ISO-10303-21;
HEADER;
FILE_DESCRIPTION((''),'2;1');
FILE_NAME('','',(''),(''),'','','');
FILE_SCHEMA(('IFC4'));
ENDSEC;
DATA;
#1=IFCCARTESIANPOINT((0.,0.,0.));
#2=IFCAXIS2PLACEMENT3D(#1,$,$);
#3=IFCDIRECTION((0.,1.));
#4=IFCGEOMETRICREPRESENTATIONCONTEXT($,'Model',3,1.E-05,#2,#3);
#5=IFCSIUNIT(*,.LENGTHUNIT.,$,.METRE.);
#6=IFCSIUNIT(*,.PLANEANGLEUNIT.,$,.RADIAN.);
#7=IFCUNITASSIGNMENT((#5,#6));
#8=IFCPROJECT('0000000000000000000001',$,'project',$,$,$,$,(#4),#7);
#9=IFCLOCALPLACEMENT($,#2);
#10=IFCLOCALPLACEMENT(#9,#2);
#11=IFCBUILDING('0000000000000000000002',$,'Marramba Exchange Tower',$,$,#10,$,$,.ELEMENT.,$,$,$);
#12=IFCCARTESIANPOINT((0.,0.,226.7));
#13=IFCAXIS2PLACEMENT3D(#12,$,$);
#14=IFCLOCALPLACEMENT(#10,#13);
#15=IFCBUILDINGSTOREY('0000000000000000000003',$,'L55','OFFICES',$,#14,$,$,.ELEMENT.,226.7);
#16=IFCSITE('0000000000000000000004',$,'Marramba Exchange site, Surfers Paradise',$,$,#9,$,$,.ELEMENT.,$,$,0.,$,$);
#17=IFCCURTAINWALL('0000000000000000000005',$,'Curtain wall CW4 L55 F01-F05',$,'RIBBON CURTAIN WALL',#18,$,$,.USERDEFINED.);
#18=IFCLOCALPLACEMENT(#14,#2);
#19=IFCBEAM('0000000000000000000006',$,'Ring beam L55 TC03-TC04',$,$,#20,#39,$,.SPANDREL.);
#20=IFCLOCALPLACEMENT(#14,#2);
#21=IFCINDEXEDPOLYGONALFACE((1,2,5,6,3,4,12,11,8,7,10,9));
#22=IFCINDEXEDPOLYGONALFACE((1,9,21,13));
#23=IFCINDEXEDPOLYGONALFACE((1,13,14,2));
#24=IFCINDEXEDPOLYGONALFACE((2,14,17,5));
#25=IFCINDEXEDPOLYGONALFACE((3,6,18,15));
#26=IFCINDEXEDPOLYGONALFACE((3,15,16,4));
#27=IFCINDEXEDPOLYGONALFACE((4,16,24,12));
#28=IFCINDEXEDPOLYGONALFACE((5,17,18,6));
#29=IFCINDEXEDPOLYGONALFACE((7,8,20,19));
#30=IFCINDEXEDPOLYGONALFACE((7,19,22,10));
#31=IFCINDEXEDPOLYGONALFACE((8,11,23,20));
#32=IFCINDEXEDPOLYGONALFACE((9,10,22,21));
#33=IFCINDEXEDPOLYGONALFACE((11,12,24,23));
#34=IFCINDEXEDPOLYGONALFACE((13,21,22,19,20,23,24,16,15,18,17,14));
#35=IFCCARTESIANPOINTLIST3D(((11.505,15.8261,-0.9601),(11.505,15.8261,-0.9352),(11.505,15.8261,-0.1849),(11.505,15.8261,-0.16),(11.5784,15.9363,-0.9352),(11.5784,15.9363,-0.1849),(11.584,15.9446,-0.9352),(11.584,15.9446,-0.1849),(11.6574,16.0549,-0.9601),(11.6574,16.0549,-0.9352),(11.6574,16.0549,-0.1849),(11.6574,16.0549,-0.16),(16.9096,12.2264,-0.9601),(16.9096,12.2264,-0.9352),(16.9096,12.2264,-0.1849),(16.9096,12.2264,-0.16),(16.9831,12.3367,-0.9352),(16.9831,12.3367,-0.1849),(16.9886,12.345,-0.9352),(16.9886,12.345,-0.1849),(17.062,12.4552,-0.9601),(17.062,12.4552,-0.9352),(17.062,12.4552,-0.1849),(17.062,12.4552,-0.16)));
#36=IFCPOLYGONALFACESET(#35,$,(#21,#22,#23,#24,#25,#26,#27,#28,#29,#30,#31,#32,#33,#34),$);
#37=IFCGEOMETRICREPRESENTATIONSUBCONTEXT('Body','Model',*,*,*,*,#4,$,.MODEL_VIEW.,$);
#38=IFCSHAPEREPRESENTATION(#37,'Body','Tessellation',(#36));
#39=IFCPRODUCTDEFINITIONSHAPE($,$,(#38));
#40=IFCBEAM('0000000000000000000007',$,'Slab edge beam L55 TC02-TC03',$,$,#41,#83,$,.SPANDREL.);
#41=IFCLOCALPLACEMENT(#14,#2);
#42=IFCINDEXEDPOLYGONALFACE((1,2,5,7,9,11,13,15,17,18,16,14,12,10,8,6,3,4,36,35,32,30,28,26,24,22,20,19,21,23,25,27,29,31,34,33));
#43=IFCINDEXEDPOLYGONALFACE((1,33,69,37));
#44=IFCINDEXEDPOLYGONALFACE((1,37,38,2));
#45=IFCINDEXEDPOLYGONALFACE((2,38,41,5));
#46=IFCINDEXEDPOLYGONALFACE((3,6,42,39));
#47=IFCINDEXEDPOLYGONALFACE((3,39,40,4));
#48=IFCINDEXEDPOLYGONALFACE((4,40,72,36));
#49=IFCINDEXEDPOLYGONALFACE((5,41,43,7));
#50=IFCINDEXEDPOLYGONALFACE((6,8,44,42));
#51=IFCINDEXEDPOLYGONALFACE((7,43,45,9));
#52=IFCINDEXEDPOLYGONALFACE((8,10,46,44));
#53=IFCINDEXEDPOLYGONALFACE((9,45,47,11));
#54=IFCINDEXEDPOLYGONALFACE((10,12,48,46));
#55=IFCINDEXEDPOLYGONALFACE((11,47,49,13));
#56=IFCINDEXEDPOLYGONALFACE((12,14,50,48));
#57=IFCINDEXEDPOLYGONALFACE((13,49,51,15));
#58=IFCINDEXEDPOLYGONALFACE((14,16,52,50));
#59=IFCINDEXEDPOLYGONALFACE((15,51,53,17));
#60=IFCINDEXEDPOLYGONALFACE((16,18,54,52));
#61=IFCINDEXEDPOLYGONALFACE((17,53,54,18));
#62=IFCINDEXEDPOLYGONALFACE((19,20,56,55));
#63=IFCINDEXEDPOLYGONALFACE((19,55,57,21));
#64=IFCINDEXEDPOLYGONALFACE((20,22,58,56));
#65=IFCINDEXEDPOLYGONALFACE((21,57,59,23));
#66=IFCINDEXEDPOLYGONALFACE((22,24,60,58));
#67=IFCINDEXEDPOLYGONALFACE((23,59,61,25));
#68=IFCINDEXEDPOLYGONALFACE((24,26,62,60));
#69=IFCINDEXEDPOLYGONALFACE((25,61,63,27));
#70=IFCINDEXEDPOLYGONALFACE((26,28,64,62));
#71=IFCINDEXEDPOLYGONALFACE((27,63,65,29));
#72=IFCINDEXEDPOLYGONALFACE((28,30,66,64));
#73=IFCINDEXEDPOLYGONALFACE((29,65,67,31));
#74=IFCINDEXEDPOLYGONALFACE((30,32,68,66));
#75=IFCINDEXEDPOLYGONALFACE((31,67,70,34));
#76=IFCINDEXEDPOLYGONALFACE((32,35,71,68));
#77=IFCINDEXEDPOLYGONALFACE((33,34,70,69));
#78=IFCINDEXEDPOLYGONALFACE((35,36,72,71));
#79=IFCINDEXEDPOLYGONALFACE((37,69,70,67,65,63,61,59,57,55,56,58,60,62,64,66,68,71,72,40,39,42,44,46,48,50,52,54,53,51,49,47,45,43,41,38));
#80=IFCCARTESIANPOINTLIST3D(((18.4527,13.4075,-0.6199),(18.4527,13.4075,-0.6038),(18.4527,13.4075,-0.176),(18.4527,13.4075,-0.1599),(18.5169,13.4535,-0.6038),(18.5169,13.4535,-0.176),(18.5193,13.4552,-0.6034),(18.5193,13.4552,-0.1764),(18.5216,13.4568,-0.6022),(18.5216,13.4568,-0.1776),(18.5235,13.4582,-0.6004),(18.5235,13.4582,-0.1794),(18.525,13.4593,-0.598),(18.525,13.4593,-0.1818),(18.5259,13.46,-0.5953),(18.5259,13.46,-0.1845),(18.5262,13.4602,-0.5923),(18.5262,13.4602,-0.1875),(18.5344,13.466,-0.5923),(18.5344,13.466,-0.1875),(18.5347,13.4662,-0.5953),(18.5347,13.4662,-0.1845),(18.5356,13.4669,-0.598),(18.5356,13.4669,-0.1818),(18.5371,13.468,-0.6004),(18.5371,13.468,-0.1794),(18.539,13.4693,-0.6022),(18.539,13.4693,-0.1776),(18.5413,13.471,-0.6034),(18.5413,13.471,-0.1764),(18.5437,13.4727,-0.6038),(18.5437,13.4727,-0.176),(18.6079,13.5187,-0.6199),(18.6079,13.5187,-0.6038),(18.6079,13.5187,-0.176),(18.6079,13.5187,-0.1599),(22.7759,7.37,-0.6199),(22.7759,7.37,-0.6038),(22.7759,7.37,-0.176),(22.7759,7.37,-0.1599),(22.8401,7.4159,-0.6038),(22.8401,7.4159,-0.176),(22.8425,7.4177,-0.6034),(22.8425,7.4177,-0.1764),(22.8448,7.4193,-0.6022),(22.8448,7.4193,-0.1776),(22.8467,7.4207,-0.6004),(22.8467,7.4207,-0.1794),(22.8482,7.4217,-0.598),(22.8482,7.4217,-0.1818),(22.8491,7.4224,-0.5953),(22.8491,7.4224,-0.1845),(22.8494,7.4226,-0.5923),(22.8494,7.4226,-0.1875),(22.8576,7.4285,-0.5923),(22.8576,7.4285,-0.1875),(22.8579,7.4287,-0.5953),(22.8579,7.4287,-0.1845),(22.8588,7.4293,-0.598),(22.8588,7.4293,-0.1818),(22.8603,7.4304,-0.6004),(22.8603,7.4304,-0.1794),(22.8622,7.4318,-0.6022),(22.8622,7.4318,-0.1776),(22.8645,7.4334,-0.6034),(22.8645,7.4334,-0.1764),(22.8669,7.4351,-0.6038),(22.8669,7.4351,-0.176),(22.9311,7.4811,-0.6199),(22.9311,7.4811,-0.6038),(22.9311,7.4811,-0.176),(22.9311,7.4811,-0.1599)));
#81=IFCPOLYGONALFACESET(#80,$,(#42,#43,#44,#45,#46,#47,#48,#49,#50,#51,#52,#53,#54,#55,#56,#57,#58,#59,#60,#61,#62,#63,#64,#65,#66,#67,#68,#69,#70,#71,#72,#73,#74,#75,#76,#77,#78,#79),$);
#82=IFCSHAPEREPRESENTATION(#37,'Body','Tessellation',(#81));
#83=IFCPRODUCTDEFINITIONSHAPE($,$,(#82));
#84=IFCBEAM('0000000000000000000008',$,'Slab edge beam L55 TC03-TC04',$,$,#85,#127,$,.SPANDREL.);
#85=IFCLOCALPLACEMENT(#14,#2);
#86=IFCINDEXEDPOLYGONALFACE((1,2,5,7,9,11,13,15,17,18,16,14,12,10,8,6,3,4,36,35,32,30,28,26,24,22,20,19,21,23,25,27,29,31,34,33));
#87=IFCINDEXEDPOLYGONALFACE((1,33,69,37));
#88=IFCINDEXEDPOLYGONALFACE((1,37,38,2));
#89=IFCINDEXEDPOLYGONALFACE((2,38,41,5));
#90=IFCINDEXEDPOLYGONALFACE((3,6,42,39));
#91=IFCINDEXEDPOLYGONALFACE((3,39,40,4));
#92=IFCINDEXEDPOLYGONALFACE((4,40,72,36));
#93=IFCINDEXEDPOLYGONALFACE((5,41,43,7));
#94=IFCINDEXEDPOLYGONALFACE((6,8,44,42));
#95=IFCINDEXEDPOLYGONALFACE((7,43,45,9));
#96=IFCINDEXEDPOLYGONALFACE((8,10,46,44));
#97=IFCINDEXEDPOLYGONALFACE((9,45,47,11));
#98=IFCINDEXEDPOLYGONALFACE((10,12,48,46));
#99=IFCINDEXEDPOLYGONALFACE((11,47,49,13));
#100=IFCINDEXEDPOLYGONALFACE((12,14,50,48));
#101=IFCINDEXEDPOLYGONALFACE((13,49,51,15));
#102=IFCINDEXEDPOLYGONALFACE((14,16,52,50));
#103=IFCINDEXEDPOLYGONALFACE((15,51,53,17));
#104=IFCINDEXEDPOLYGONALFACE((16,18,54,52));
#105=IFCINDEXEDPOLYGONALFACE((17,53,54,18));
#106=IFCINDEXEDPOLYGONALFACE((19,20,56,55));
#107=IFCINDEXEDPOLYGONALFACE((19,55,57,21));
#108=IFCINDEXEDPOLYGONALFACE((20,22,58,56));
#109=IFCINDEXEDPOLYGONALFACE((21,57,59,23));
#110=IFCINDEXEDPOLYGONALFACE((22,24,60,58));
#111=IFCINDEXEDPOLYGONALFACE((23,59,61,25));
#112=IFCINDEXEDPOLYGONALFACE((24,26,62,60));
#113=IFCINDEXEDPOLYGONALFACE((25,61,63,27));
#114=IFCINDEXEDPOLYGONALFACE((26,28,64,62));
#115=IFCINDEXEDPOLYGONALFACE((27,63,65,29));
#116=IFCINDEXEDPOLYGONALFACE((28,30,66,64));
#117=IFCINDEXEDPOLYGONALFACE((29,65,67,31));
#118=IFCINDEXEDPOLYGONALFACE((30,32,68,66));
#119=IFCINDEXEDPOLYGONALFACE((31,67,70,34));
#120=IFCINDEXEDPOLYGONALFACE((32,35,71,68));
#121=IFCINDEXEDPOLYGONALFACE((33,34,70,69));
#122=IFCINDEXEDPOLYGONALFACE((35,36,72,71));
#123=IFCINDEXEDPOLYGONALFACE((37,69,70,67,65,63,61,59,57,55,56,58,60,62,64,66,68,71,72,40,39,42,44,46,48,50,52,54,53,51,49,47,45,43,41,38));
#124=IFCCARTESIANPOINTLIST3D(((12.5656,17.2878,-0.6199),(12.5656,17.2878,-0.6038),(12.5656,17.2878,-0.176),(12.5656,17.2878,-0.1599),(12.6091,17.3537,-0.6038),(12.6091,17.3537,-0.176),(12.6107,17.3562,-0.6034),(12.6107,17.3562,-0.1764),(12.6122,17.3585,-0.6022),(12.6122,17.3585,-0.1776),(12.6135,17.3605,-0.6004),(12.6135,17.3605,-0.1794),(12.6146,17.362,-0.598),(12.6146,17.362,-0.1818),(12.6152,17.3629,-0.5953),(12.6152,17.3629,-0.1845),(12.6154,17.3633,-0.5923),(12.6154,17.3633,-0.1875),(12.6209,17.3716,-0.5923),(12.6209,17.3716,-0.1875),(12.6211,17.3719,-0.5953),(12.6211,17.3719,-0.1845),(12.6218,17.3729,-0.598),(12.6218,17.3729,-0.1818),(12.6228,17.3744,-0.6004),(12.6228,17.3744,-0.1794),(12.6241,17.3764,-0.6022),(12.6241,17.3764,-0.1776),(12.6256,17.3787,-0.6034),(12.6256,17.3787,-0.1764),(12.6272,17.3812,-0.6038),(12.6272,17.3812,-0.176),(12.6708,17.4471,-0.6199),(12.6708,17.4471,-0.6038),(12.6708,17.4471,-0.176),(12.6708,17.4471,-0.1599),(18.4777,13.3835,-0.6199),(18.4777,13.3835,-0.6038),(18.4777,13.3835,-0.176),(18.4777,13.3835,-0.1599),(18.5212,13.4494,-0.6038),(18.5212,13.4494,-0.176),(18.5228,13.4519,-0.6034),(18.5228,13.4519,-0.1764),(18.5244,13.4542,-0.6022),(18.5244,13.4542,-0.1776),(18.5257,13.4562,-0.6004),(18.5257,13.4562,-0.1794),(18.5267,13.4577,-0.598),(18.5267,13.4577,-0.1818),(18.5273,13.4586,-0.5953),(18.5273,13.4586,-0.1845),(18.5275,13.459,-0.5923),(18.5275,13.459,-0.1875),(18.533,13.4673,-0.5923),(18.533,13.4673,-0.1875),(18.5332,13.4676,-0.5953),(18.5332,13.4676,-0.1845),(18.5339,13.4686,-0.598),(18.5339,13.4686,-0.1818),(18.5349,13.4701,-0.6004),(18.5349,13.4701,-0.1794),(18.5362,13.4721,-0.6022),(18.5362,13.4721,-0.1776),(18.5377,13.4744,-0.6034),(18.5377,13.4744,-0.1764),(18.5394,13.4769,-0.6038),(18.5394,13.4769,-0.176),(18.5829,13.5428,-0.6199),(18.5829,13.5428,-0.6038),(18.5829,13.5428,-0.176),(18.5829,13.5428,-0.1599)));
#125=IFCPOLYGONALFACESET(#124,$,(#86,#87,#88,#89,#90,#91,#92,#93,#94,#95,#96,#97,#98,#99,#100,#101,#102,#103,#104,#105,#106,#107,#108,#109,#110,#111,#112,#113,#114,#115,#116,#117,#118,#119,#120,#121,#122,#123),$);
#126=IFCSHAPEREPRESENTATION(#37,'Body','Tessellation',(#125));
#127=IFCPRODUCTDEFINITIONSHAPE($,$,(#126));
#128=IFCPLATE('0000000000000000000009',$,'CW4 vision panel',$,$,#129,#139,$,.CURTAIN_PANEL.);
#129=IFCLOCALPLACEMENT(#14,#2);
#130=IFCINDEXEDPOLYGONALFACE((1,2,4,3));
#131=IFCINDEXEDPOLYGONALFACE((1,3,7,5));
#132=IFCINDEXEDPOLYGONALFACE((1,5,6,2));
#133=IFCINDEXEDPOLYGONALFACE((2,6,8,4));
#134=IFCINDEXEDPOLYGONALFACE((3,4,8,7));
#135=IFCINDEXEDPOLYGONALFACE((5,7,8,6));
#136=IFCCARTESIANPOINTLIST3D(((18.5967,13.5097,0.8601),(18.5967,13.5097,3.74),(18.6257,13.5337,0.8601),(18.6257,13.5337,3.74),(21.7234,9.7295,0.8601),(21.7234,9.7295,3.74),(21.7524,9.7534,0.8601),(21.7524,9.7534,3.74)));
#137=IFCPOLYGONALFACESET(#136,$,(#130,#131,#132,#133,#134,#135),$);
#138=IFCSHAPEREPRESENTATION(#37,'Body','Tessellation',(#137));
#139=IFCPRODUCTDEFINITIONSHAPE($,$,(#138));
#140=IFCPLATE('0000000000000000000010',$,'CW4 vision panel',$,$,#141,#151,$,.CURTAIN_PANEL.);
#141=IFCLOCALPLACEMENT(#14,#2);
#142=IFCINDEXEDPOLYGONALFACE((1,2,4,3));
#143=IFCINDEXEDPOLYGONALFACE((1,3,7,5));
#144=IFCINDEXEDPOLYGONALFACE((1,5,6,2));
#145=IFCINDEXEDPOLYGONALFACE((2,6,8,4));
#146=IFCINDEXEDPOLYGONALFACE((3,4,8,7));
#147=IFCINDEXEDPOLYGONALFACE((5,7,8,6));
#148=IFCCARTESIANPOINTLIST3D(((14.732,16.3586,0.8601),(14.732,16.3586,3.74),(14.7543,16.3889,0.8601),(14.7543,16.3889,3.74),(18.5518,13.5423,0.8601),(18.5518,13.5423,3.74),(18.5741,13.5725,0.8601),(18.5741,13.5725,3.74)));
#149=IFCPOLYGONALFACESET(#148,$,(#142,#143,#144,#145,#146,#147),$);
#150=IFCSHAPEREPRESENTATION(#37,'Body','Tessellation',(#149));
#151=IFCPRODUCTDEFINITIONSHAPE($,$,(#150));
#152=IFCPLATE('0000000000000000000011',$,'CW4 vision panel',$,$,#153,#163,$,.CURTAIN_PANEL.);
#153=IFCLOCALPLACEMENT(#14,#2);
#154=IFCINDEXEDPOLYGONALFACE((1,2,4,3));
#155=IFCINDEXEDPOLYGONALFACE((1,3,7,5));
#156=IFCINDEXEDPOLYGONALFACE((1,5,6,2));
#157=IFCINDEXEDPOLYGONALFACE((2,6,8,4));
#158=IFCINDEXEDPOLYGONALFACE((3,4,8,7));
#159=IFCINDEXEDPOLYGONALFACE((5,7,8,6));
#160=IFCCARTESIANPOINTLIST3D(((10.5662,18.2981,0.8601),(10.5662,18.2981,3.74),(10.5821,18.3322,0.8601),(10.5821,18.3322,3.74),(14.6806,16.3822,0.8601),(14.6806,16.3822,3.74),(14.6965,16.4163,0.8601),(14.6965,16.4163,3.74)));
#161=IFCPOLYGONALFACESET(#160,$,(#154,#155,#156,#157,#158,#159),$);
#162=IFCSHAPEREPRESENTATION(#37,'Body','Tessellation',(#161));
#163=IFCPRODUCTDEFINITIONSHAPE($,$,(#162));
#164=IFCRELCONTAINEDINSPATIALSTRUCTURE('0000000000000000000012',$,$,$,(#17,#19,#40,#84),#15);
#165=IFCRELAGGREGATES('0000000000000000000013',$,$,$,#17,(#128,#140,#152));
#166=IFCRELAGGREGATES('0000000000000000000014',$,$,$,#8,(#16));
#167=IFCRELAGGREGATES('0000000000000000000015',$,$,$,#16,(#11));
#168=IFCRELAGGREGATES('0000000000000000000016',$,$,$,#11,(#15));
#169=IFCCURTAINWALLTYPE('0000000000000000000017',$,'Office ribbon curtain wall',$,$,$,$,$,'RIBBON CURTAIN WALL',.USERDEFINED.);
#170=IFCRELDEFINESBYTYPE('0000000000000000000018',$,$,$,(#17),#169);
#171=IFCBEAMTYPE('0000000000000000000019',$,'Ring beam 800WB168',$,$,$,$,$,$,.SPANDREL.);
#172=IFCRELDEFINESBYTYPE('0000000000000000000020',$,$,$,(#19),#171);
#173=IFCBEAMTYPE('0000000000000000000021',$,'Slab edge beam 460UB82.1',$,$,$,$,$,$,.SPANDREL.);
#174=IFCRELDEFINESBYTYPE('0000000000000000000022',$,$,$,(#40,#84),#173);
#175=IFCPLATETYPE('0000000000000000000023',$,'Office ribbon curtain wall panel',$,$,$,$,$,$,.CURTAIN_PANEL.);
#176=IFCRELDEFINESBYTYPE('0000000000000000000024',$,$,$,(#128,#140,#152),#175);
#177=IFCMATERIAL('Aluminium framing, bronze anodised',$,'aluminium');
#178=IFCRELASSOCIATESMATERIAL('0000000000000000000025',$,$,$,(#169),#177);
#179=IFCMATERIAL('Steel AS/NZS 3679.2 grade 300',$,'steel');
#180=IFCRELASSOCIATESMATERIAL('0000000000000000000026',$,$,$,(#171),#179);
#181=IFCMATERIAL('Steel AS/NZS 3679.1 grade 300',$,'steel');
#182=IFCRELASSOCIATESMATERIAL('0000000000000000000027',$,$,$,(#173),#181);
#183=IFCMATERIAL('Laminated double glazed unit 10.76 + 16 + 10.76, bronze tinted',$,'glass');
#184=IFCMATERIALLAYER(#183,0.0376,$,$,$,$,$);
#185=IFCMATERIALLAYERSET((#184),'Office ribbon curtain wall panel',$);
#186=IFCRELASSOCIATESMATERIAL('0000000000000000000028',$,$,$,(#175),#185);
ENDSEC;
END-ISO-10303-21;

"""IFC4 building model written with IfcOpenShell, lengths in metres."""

from ifc_helpers import new_model, si_unit, direction, frame, origin, origin_2d, place, context, subcontext, project, spatial, rectangle, i_section, extrude, material, layer, layer_set, material_profile, profile_set, type_object, element, aggregate, save


model = new_model("IFC4")

# Units and contexts
model_context = context("Model", 3, precision=1e-05, world=origin(), true_north=direction((0.0, 1.0)))
body_context = subcontext(model_context, "Body", "Model", "MODEL_VIEW")
ifc_project = project(units=[si_unit("LENGTHUNIT", "METRE"), si_unit("PLANEANGLEUNIT", "RADIAN")], contexts=[model_context])

# Site, building, storey
site_placement = place(None, origin())
site = spatial("IfcSite", under=ifc_project, at=site_placement, Name="Marramba Exchange site, Surfers Paradise", CompositionType="ELEMENT", RefElevation=0.0)
building_placement = place(site_placement, origin())
building = spatial("IfcBuilding", under=site, at=building_placement, Name="Marramba Exchange Tower", CompositionType="ELEMENT")
storey_placement = place(building_placement, frame((0.0, 0.0, 226.7)))
storey = spatial("IfcBuildingStorey", under=building, at=storey_placement, Name="L55", Description="OFFICES", CompositionType="ELEMENT", Elevation=226.7)

# Shared definitions
ifc_material_1 = material(Name="Steel AS/NZS 3679.2 grade 300", Category="steel")
ifc_material_2 = material(Name="Steel AS/NZS 3679.1 grade 300", Category="steel")

# Curtain wall
ifc_material_3 = material(Name="Aluminium framing, bronze anodised", Category="aluminium")
curtain_wall_type = type_object("IfcCurtainWallType", Name="Office ribbon curtain wall", ElementType="RIBBON CURTAIN WALL", PredefinedType="USERDEFINED", material=ifc_material_3)
curtain_wall_placement = place(storey_placement, origin())
curtain_wall = element("IfcCurtainWall", 1, at=curtain_wall_placement, inside=storey, type_object=curtain_wall_type, Name="Curtain wall CW4 L55 F01-F05", ObjectType="RIBBON CURTAIN WALL", PredefinedType="USERDEFINED")

# Beams
ifc_material_profile_1 = material_profile(ifc_material_1, i_section(OverallWidth=0.2749, OverallDepth=0.8, WebThickness=0.01, FlangeThickness=0.0249, at=origin_2d()), Name="800WB168")
ifc_profile_set_1 = profile_set([ifc_material_profile_1], Name="Steel AS/NZS 3679.2 grade 300")
beam_type_1 = type_object("IfcBeamType", Name="Ring beam 800WB168", PredefinedType="SPANDREL", material=ifc_profile_set_1)
beam_1_placement = place(storey_placement, frame((16.9858, 12.3408, -0.5601), z_axis=(-0.832293, 0.554336, 0.0), x_axis=(-0.554336, -0.832293, 0.0)))
element("IfcBeam", 2, at=beam_1_placement, inside=storey, type_object=beam_type_1, Name="Ring beam L55 TC03-TC04", PredefinedType="SPANDREL", context=body_context, shape_type="SweptSolid", body=[
    extrude(i_section(OverallWidth=0.2749, OverallDepth=0.8, WebThickness=0.01, FlangeThickness=0.0249, at=origin_2d()), origin(), (0.0, 0.0, 1.0), 6.4937),
])
ifc_material_profile_2 = material_profile(ifc_material_2, i_section(OverallWidth=0.1909, OverallDepth=0.46, WebThickness=0.01, FlangeThickness=0.0161, FilletRadius=0.0115, at=origin_2d()), Name="460UB82.1")
ifc_profile_set_2 = profile_set([ifc_material_profile_2], Name="Steel AS/NZS 3679.1 grade 300")
beam_type_2 = type_object("IfcBeamType", Name="Slab edge beam 460UB82.1", PredefinedType="SPANDREL", material=ifc_profile_set_2)
beam_2_placement = place(storey_placement, frame((22.8535, 7.4255, -0.3899), z_axis=(-0.582189, 0.813053, 0.0), x_axis=(-0.813053, -0.582189, 0.0)))
element("IfcBeam", 3, at=beam_2_placement, inside=storey, type_object=beam_type_2, Name="Slab edge beam L55 TC02-TC03", PredefinedType="SPANDREL", context=body_context, shape_type="SweptSolid", body=[
    extrude(i_section(OverallWidth=0.1909, OverallDepth=0.46, WebThickness=0.01, FlangeThickness=0.0161, FilletRadius=0.0115, at=origin_2d()), origin(), (0.0, 0.0, 1.0), 7.4258),
])
beam_3_placement = place(storey_placement, frame((18.5303, 13.4631, -0.3899), z_axis=(-0.83446, 0.551069, 0.0), x_axis=(-0.551069, -0.83446, 0.0)))
element("IfcBeam", 4, at=beam_3_placement, inside=storey, type_object=beam_type_2, Name="Slab edge beam L55 TC03-TC04", PredefinedType="SPANDREL", context=body_context, shape_type="SweptSolid", body=[
    extrude(i_section(OverallWidth=0.1909, OverallDepth=0.46, WebThickness=0.01, FlangeThickness=0.0161, FilletRadius=0.0115, at=origin_2d()), origin(), (0.0, 0.0, 1.0), 7.085),
])

# Plates
ifc_material_4 = material(Name="Laminated double glazed unit 10.76 + 16 + 10.76, bronze tinted", Category="glass")
ifc_layer_1 = layer(ifc_material_4, 0.0376)
ifc_layer_set_1 = layer_set([ifc_layer_1], Name="Office ribbon curtain wall panel")
plate_type = type_object("IfcPlateType", Name="Office ribbon curtain wall panel", PredefinedType="CURTAIN_PANEL", material=ifc_layer_set_1)
plate_1_placement = place(storey_placement, frame((20.1746, 11.6316, 0.8601), z_axis=(0.0, 0.0, 1.0), x_axis=(-0.63735, 0.770574, 0.0)))
plate_1 = element("IfcPlate", 5, at=plate_1_placement, type_object=plate_type, Name="CW4 vision panel", PredefinedType="CURTAIN_PANEL", context=body_context, shape_type="SweptSolid", body=[
    extrude(rectangle(XDim=4.9058, YDim=0.0376, at=origin_2d()), origin(), (0.0, 0.0, 1.0), 2.8799),
])
plate_2_placement = place(storey_placement, frame((16.6531, 14.9656, 0.8601), z_axis=(0.0, 0.0, 1.0), x_axis=(-0.804877, 0.593441, 0.0)))
plate_2 = element("IfcPlate", 6, at=plate_2_placement, type_object=plate_type, Name="CW4 vision panel", PredefinedType="CURTAIN_PANEL", context=body_context, shape_type="SweptSolid", body=[
    extrude(rectangle(XDim=4.7458, YDim=0.0376, at=origin_2d()), origin(), (0.0, 0.0, 1.0), 2.8799),
])
plate_3_placement = place(storey_placement, frame((12.6313, 17.3572, 0.8601), z_axis=(0.0, 0.0, 1.0), x_axis=(-0.906534, 0.422133, 0.0)))
plate_3 = element("IfcPlate", 7, at=plate_3_placement, type_object=plate_type, Name="CW4 vision panel", PredefinedType="CURTAIN_PANEL", context=body_context, shape_type="SweptSolid", body=[
    extrude(rectangle(XDim=4.5386, YDim=0.0376, at=origin_2d()), origin(), (0.0, 0.0, 1.0), 2.8799),
])
aggregate(curtain_wall, [plate_1, plate_2, plate_3])

save(model, "model.ifc")
